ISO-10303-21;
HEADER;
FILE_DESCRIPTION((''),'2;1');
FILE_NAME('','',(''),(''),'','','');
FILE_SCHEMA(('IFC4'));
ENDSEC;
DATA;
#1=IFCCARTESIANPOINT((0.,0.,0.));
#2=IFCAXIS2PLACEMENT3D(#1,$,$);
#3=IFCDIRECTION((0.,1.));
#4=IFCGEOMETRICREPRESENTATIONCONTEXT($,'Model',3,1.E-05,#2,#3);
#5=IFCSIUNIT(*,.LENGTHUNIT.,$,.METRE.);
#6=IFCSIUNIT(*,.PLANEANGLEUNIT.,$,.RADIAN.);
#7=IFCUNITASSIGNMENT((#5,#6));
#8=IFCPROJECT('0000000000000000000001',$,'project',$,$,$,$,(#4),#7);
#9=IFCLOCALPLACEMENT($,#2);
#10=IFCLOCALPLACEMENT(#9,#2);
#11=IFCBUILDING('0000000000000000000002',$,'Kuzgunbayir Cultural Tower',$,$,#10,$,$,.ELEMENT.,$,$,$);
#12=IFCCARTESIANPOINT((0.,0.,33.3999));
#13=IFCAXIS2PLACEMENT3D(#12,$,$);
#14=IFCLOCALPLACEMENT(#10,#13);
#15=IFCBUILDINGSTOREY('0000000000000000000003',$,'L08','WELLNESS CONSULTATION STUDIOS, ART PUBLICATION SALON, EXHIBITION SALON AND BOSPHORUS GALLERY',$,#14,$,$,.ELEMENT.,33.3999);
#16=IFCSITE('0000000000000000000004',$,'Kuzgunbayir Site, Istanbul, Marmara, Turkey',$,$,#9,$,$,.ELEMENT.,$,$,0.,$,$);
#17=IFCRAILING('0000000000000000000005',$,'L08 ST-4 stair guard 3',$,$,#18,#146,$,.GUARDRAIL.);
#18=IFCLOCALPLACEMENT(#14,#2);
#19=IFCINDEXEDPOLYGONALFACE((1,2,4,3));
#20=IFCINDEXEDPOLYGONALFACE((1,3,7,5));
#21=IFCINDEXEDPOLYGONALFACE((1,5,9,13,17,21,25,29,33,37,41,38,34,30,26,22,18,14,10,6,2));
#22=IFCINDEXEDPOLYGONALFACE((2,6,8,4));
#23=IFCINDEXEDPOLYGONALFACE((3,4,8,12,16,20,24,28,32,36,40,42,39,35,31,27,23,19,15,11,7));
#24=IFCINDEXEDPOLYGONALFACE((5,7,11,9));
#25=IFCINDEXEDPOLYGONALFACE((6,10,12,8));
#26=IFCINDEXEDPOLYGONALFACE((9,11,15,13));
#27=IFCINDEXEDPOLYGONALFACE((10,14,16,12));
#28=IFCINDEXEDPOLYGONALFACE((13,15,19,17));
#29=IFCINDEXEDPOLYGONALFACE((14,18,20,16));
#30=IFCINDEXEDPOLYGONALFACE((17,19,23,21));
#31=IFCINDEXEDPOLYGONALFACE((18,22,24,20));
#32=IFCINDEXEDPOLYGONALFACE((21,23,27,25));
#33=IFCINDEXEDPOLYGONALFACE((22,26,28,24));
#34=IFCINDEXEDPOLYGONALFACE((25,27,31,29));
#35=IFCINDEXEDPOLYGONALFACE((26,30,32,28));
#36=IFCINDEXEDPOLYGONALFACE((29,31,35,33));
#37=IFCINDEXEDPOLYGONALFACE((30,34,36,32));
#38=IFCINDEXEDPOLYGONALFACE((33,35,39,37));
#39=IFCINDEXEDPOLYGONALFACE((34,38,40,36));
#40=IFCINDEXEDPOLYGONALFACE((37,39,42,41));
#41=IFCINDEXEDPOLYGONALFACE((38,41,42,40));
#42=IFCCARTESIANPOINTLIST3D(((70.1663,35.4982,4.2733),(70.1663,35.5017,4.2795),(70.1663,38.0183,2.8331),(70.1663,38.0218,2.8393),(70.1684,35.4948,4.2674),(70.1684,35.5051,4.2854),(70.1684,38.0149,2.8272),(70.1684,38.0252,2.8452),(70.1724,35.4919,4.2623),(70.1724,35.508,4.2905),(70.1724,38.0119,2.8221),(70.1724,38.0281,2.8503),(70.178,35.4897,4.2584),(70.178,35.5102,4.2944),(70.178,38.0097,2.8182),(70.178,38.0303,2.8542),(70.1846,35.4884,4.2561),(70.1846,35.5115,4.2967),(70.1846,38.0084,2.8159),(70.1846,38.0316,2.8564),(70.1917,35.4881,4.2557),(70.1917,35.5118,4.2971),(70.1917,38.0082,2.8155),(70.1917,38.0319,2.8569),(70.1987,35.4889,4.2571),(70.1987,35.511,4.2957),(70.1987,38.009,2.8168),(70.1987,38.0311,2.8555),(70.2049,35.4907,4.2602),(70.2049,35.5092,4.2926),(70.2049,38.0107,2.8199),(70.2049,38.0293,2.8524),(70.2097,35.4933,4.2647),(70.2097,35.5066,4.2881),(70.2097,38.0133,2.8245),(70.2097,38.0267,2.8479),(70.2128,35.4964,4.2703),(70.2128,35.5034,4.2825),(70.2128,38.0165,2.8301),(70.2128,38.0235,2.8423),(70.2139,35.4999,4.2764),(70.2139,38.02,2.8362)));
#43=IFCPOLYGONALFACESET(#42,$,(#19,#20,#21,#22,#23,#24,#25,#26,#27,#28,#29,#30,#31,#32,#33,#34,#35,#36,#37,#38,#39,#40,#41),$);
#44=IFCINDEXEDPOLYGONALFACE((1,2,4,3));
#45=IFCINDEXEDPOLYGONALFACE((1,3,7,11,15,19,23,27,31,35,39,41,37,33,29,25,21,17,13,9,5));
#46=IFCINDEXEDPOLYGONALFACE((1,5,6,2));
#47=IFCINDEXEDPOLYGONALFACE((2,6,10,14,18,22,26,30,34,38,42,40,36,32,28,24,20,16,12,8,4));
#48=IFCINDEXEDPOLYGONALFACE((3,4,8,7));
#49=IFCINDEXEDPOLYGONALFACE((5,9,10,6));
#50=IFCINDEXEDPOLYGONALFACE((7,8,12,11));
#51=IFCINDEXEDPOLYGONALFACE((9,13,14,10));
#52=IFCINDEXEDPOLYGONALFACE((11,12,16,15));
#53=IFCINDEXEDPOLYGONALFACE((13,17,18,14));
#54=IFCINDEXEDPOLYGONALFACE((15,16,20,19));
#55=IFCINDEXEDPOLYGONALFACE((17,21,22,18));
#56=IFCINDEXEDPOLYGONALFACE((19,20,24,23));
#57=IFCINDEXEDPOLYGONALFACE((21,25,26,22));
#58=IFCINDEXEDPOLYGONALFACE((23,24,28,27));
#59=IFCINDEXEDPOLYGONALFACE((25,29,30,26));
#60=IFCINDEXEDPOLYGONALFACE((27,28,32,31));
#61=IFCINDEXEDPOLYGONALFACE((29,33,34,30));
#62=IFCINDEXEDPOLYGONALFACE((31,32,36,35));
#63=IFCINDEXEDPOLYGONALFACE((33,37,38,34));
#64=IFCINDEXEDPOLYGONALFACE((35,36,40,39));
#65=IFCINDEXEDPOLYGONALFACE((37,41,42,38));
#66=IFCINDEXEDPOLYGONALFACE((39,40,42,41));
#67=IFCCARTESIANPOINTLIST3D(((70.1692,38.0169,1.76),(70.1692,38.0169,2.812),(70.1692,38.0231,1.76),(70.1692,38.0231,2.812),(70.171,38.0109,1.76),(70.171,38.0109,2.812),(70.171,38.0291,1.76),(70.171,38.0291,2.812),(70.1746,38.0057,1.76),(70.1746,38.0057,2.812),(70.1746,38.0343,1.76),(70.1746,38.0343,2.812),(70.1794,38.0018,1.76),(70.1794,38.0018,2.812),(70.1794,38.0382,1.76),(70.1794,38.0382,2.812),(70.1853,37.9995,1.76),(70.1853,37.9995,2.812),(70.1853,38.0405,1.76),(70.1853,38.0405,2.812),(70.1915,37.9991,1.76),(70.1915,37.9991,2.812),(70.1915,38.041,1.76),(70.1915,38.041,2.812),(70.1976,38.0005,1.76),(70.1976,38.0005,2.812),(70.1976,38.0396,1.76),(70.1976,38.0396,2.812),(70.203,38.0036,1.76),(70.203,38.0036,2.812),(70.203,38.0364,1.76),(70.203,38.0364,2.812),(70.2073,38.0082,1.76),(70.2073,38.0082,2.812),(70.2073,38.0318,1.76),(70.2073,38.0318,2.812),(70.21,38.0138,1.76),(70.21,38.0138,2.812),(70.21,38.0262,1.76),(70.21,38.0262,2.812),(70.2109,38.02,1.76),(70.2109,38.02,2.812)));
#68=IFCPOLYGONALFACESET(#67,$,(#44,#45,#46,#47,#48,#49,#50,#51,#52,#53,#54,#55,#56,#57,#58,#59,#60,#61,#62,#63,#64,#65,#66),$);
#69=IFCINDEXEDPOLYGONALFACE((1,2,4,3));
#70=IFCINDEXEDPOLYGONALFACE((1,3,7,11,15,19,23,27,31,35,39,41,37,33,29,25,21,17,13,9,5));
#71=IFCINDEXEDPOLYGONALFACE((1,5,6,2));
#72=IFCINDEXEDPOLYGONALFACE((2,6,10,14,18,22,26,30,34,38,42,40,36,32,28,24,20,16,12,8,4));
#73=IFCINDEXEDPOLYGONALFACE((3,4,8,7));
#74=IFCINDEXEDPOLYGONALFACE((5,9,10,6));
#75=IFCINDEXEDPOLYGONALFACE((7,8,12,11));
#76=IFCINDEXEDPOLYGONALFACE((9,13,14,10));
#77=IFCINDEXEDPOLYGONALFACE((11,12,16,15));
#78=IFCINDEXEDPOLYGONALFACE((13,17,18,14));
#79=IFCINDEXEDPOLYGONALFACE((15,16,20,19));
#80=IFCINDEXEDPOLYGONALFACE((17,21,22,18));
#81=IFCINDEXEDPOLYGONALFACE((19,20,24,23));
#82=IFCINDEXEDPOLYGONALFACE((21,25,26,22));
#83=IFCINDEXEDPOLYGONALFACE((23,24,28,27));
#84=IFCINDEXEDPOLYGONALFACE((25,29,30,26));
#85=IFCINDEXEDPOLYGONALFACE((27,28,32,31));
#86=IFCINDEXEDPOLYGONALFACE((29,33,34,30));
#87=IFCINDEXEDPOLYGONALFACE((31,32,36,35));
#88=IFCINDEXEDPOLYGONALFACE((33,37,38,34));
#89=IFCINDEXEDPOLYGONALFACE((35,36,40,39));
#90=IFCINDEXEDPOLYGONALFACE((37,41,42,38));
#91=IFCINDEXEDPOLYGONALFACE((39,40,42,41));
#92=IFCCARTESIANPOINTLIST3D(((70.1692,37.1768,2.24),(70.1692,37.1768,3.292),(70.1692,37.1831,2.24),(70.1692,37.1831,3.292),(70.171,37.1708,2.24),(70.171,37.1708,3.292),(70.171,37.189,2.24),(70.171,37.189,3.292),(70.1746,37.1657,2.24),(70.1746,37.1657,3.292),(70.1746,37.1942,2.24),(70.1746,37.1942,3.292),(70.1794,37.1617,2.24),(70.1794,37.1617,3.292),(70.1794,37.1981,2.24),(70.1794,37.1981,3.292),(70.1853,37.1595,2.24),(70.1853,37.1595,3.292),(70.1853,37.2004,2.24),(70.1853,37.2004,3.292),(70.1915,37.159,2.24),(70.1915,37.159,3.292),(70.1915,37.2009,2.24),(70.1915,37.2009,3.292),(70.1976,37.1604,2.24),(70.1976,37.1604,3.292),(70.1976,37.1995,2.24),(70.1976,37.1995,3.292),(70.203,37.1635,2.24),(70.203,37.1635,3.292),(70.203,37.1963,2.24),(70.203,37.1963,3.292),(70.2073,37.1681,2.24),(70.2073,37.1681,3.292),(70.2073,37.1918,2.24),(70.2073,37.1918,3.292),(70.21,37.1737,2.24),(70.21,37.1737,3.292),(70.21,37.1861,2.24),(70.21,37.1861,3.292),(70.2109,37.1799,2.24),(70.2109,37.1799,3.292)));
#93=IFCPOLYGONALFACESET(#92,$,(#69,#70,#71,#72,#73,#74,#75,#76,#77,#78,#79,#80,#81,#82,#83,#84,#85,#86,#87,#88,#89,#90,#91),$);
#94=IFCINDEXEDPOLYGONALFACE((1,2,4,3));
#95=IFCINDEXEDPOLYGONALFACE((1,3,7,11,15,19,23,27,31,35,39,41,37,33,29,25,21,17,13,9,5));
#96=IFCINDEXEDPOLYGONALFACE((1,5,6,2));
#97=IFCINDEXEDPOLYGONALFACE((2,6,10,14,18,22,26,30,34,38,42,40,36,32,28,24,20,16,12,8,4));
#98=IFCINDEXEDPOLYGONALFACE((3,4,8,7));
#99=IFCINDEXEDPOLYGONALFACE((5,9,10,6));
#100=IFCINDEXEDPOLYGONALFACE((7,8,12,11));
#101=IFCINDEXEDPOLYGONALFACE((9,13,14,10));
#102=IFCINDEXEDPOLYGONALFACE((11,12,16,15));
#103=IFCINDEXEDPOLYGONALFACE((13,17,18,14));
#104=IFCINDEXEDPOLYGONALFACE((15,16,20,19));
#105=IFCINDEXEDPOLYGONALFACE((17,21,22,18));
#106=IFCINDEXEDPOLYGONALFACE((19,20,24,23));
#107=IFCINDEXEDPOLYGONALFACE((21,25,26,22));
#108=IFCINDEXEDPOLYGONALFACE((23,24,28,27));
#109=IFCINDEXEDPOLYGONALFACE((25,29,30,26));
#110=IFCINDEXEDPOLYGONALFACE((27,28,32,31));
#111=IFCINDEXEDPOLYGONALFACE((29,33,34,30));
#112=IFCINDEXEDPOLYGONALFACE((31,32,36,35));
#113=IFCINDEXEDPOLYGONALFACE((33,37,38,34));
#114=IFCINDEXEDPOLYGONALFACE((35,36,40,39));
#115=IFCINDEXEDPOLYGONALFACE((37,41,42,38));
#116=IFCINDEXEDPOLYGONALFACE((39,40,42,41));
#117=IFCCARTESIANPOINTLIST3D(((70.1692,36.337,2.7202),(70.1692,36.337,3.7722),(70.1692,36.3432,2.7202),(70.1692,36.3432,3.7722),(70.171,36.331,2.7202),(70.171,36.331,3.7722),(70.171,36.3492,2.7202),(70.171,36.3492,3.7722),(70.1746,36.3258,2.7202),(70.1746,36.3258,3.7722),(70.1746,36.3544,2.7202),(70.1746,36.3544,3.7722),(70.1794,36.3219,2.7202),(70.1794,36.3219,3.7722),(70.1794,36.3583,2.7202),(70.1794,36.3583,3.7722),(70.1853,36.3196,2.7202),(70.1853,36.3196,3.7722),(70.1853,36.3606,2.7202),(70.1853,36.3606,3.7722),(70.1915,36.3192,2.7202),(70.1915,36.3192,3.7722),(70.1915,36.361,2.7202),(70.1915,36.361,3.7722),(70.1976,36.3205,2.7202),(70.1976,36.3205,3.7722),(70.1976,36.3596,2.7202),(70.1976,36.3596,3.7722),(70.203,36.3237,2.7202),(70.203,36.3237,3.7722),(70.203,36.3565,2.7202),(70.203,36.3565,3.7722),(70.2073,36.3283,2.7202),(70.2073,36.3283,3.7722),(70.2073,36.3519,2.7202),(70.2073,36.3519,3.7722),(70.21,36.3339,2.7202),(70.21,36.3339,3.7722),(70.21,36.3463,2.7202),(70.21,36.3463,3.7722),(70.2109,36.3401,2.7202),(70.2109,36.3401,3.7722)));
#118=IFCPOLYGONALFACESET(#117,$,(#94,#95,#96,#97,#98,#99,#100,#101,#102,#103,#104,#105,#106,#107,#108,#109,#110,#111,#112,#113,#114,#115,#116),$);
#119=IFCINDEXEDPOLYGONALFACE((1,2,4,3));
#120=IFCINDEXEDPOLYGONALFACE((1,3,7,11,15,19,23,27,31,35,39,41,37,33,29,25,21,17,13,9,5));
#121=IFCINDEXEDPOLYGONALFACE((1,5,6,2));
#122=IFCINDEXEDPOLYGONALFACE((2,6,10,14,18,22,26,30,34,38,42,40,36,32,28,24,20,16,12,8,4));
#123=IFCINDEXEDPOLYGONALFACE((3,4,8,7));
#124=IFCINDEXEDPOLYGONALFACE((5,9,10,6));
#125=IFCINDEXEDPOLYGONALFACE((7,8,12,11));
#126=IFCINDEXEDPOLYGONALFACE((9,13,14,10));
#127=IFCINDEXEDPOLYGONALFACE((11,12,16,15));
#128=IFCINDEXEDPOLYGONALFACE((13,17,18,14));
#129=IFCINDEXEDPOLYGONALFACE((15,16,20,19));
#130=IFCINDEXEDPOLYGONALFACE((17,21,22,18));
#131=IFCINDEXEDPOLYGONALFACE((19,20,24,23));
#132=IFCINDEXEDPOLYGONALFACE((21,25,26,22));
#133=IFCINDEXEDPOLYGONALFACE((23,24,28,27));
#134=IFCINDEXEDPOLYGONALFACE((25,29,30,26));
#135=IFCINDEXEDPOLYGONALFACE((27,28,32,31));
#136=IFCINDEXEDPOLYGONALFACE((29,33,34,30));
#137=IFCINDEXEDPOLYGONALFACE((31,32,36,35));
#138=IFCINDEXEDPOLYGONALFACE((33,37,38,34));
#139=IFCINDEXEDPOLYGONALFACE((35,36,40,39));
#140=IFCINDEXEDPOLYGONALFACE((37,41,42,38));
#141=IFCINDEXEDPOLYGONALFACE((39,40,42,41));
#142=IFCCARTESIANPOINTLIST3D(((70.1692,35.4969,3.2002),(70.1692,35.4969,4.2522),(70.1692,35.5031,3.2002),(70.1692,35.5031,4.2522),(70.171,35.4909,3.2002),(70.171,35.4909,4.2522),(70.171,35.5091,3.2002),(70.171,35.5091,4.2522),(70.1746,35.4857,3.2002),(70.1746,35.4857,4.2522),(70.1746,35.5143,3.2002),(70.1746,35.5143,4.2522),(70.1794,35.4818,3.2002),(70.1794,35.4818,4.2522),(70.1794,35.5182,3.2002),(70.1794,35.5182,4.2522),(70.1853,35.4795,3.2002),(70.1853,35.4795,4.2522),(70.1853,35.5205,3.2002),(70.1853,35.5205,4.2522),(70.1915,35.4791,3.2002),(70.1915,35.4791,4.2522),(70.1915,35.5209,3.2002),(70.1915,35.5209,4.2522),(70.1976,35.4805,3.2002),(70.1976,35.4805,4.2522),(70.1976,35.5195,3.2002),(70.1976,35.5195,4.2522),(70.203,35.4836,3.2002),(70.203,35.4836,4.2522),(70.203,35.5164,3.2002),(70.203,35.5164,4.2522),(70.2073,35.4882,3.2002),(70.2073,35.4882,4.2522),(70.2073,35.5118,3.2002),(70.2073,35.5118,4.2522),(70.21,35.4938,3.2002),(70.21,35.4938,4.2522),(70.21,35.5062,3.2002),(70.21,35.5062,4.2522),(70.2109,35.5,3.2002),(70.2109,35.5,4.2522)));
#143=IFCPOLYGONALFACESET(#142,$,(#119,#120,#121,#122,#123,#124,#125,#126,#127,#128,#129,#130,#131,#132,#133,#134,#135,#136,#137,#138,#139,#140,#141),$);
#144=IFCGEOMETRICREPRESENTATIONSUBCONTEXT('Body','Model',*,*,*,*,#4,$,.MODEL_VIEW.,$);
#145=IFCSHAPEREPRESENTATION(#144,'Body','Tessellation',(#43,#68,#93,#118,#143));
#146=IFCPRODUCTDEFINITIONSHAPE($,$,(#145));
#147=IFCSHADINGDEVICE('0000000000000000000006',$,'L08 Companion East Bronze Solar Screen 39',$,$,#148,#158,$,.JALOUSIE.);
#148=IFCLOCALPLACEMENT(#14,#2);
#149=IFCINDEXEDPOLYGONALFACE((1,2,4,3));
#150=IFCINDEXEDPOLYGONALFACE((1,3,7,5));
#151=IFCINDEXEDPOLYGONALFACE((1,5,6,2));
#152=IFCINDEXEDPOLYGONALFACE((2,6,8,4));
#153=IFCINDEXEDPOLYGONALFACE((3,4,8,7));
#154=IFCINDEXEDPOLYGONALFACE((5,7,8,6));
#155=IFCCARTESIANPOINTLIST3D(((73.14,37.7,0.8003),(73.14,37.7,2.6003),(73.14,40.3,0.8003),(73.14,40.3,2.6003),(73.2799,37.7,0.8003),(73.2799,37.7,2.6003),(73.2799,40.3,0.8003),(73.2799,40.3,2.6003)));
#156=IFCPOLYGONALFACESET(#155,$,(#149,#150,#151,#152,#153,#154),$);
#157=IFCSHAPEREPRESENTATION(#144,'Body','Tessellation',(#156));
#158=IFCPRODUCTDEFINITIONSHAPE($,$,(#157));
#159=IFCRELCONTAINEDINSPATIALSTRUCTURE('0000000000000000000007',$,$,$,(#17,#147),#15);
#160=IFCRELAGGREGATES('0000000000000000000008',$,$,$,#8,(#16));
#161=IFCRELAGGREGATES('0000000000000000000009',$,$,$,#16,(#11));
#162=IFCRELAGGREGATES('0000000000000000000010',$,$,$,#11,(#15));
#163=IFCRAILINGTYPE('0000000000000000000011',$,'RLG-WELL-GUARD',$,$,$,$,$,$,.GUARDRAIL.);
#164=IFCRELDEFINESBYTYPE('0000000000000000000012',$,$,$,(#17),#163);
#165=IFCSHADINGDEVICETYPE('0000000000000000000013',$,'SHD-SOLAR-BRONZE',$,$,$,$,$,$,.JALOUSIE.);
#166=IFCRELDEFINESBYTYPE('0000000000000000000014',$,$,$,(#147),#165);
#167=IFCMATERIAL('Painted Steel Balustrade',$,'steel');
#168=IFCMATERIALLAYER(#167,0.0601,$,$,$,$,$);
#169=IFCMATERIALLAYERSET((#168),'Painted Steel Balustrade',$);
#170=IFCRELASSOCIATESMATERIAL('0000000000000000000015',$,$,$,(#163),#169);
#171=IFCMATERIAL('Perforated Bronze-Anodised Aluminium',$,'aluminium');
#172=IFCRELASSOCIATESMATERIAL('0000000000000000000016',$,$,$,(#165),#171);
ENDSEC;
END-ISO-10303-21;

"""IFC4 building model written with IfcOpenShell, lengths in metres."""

from ifc_helpers import new_model, si_unit, direction, frame, origin, origin_2d, place, context, subcontext, project, spatial, rectangle, circle, extrude, material, layer, layer_set, type_object, element, save


model = new_model("IFC4")

# Units and contexts
model_context = context("Model", 3, precision=1e-05, world=origin(), true_north=direction((0.0, 1.0)))
body_context = subcontext(model_context, "Body", "Model", "MODEL_VIEW")
ifc_project = project(units=[si_unit("LENGTHUNIT", "METRE"), si_unit("PLANEANGLEUNIT", "RADIAN")], contexts=[model_context])

# Site, building, storey
site_placement = place(None, origin())
site = spatial("IfcSite", under=ifc_project, at=site_placement, Name="Kuzgunbayir Site, Istanbul, Marmara, Turkey", CompositionType="ELEMENT", RefElevation=0.0)
building_placement = place(site_placement, origin())
building = spatial("IfcBuilding", under=site, at=building_placement, Name="Kuzgunbayir Cultural Tower", CompositionType="ELEMENT")
storey_placement = place(building_placement, frame((0.0, 0.0, 33.3999)))
storey = spatial("IfcBuildingStorey", under=building, at=storey_placement, Name="L08", Description="WELLNESS CONSULTATION STUDIOS, ART PUBLICATION SALON, EXHIBITION SALON AND BOSPHORUS GALLERY", CompositionType="ELEMENT", Elevation=33.3999)

# Railing
ifc_material_1 = material(Name="Painted Steel Balustrade", Category="steel")
ifc_layer_1 = layer(ifc_material_1, 0.0601)
ifc_layer_set_1 = layer_set([ifc_layer_1], Name="Painted Steel Balustrade")
railing_type_1 = type_object("IfcRailingType", Name="RLG-WELL-GUARD", PredefinedType="GUARDRAIL", material=ifc_layer_set_1)
railing_1_placement = place(storey_placement, frame((70.1899, 38.02, 1.76)))
element("IfcRailing", 1, at=railing_1_placement, inside=storey, type_object=railing_type_1, Name="L08 ST-4 stair guard 3", PredefinedType="GUARDRAIL", context=body_context, shape_type="SweptSolid", body=[
    extrude(circle(Radius=0.0239, at=origin_2d()), frame((0.0, 0.0, 1.0762), z_axis=(0.0, -0.868217, 0.496184), x_axis=(1.0, 0.0, 0.0)), (0.0, 0.0, 1.0), 2.9026),
    extrude(circle(Radius=0.021, at=origin_2d()), origin(), (0.0, 0.0, 1.0), 1.052),
    extrude(circle(Radius=0.021, at=origin_2d()), frame((0.0, -0.8401, 0.48)), (0.0, 0.0, 1.0), 1.052),
    extrude(circle(Radius=0.021, at=origin_2d()), frame((0.0, -1.6799, 0.9602)), (0.0, 0.0, 1.0), 1.052),
    extrude(circle(Radius=0.021, at=origin_2d()), frame((0.0, -2.52, 1.4402)), (0.0, 0.0, 1.0), 1.052),
])

# Shading device
ifc_material_2 = material(Name="Perforated Bronze-Anodised Aluminium", Category="aluminium")
shading_device_type = type_object("IfcShadingDeviceType", Name="SHD-SOLAR-BRONZE", PredefinedType="JALOUSIE", material=ifc_material_2)
shading_device_placement = place(storey_placement, frame((73.21, 39.0, 0.8003), z_axis=(0.0, 0.0, 1.0), x_axis=(1.0, 0.0, 0.0)))
element("IfcShadingDevice", 2, at=shading_device_placement, inside=storey, type_object=shading_device_type, Name="L08 Companion East Bronze Solar Screen 39", PredefinedType="JALOUSIE", context=body_context, shape_type="SweptSolid", body=[
    extrude(rectangle(XDim=0.1399, YDim=2.6001, at=origin_2d()), origin(), (0.0, 0.0, 1.0), 1.8),
])

save(model, "model.ifc")
